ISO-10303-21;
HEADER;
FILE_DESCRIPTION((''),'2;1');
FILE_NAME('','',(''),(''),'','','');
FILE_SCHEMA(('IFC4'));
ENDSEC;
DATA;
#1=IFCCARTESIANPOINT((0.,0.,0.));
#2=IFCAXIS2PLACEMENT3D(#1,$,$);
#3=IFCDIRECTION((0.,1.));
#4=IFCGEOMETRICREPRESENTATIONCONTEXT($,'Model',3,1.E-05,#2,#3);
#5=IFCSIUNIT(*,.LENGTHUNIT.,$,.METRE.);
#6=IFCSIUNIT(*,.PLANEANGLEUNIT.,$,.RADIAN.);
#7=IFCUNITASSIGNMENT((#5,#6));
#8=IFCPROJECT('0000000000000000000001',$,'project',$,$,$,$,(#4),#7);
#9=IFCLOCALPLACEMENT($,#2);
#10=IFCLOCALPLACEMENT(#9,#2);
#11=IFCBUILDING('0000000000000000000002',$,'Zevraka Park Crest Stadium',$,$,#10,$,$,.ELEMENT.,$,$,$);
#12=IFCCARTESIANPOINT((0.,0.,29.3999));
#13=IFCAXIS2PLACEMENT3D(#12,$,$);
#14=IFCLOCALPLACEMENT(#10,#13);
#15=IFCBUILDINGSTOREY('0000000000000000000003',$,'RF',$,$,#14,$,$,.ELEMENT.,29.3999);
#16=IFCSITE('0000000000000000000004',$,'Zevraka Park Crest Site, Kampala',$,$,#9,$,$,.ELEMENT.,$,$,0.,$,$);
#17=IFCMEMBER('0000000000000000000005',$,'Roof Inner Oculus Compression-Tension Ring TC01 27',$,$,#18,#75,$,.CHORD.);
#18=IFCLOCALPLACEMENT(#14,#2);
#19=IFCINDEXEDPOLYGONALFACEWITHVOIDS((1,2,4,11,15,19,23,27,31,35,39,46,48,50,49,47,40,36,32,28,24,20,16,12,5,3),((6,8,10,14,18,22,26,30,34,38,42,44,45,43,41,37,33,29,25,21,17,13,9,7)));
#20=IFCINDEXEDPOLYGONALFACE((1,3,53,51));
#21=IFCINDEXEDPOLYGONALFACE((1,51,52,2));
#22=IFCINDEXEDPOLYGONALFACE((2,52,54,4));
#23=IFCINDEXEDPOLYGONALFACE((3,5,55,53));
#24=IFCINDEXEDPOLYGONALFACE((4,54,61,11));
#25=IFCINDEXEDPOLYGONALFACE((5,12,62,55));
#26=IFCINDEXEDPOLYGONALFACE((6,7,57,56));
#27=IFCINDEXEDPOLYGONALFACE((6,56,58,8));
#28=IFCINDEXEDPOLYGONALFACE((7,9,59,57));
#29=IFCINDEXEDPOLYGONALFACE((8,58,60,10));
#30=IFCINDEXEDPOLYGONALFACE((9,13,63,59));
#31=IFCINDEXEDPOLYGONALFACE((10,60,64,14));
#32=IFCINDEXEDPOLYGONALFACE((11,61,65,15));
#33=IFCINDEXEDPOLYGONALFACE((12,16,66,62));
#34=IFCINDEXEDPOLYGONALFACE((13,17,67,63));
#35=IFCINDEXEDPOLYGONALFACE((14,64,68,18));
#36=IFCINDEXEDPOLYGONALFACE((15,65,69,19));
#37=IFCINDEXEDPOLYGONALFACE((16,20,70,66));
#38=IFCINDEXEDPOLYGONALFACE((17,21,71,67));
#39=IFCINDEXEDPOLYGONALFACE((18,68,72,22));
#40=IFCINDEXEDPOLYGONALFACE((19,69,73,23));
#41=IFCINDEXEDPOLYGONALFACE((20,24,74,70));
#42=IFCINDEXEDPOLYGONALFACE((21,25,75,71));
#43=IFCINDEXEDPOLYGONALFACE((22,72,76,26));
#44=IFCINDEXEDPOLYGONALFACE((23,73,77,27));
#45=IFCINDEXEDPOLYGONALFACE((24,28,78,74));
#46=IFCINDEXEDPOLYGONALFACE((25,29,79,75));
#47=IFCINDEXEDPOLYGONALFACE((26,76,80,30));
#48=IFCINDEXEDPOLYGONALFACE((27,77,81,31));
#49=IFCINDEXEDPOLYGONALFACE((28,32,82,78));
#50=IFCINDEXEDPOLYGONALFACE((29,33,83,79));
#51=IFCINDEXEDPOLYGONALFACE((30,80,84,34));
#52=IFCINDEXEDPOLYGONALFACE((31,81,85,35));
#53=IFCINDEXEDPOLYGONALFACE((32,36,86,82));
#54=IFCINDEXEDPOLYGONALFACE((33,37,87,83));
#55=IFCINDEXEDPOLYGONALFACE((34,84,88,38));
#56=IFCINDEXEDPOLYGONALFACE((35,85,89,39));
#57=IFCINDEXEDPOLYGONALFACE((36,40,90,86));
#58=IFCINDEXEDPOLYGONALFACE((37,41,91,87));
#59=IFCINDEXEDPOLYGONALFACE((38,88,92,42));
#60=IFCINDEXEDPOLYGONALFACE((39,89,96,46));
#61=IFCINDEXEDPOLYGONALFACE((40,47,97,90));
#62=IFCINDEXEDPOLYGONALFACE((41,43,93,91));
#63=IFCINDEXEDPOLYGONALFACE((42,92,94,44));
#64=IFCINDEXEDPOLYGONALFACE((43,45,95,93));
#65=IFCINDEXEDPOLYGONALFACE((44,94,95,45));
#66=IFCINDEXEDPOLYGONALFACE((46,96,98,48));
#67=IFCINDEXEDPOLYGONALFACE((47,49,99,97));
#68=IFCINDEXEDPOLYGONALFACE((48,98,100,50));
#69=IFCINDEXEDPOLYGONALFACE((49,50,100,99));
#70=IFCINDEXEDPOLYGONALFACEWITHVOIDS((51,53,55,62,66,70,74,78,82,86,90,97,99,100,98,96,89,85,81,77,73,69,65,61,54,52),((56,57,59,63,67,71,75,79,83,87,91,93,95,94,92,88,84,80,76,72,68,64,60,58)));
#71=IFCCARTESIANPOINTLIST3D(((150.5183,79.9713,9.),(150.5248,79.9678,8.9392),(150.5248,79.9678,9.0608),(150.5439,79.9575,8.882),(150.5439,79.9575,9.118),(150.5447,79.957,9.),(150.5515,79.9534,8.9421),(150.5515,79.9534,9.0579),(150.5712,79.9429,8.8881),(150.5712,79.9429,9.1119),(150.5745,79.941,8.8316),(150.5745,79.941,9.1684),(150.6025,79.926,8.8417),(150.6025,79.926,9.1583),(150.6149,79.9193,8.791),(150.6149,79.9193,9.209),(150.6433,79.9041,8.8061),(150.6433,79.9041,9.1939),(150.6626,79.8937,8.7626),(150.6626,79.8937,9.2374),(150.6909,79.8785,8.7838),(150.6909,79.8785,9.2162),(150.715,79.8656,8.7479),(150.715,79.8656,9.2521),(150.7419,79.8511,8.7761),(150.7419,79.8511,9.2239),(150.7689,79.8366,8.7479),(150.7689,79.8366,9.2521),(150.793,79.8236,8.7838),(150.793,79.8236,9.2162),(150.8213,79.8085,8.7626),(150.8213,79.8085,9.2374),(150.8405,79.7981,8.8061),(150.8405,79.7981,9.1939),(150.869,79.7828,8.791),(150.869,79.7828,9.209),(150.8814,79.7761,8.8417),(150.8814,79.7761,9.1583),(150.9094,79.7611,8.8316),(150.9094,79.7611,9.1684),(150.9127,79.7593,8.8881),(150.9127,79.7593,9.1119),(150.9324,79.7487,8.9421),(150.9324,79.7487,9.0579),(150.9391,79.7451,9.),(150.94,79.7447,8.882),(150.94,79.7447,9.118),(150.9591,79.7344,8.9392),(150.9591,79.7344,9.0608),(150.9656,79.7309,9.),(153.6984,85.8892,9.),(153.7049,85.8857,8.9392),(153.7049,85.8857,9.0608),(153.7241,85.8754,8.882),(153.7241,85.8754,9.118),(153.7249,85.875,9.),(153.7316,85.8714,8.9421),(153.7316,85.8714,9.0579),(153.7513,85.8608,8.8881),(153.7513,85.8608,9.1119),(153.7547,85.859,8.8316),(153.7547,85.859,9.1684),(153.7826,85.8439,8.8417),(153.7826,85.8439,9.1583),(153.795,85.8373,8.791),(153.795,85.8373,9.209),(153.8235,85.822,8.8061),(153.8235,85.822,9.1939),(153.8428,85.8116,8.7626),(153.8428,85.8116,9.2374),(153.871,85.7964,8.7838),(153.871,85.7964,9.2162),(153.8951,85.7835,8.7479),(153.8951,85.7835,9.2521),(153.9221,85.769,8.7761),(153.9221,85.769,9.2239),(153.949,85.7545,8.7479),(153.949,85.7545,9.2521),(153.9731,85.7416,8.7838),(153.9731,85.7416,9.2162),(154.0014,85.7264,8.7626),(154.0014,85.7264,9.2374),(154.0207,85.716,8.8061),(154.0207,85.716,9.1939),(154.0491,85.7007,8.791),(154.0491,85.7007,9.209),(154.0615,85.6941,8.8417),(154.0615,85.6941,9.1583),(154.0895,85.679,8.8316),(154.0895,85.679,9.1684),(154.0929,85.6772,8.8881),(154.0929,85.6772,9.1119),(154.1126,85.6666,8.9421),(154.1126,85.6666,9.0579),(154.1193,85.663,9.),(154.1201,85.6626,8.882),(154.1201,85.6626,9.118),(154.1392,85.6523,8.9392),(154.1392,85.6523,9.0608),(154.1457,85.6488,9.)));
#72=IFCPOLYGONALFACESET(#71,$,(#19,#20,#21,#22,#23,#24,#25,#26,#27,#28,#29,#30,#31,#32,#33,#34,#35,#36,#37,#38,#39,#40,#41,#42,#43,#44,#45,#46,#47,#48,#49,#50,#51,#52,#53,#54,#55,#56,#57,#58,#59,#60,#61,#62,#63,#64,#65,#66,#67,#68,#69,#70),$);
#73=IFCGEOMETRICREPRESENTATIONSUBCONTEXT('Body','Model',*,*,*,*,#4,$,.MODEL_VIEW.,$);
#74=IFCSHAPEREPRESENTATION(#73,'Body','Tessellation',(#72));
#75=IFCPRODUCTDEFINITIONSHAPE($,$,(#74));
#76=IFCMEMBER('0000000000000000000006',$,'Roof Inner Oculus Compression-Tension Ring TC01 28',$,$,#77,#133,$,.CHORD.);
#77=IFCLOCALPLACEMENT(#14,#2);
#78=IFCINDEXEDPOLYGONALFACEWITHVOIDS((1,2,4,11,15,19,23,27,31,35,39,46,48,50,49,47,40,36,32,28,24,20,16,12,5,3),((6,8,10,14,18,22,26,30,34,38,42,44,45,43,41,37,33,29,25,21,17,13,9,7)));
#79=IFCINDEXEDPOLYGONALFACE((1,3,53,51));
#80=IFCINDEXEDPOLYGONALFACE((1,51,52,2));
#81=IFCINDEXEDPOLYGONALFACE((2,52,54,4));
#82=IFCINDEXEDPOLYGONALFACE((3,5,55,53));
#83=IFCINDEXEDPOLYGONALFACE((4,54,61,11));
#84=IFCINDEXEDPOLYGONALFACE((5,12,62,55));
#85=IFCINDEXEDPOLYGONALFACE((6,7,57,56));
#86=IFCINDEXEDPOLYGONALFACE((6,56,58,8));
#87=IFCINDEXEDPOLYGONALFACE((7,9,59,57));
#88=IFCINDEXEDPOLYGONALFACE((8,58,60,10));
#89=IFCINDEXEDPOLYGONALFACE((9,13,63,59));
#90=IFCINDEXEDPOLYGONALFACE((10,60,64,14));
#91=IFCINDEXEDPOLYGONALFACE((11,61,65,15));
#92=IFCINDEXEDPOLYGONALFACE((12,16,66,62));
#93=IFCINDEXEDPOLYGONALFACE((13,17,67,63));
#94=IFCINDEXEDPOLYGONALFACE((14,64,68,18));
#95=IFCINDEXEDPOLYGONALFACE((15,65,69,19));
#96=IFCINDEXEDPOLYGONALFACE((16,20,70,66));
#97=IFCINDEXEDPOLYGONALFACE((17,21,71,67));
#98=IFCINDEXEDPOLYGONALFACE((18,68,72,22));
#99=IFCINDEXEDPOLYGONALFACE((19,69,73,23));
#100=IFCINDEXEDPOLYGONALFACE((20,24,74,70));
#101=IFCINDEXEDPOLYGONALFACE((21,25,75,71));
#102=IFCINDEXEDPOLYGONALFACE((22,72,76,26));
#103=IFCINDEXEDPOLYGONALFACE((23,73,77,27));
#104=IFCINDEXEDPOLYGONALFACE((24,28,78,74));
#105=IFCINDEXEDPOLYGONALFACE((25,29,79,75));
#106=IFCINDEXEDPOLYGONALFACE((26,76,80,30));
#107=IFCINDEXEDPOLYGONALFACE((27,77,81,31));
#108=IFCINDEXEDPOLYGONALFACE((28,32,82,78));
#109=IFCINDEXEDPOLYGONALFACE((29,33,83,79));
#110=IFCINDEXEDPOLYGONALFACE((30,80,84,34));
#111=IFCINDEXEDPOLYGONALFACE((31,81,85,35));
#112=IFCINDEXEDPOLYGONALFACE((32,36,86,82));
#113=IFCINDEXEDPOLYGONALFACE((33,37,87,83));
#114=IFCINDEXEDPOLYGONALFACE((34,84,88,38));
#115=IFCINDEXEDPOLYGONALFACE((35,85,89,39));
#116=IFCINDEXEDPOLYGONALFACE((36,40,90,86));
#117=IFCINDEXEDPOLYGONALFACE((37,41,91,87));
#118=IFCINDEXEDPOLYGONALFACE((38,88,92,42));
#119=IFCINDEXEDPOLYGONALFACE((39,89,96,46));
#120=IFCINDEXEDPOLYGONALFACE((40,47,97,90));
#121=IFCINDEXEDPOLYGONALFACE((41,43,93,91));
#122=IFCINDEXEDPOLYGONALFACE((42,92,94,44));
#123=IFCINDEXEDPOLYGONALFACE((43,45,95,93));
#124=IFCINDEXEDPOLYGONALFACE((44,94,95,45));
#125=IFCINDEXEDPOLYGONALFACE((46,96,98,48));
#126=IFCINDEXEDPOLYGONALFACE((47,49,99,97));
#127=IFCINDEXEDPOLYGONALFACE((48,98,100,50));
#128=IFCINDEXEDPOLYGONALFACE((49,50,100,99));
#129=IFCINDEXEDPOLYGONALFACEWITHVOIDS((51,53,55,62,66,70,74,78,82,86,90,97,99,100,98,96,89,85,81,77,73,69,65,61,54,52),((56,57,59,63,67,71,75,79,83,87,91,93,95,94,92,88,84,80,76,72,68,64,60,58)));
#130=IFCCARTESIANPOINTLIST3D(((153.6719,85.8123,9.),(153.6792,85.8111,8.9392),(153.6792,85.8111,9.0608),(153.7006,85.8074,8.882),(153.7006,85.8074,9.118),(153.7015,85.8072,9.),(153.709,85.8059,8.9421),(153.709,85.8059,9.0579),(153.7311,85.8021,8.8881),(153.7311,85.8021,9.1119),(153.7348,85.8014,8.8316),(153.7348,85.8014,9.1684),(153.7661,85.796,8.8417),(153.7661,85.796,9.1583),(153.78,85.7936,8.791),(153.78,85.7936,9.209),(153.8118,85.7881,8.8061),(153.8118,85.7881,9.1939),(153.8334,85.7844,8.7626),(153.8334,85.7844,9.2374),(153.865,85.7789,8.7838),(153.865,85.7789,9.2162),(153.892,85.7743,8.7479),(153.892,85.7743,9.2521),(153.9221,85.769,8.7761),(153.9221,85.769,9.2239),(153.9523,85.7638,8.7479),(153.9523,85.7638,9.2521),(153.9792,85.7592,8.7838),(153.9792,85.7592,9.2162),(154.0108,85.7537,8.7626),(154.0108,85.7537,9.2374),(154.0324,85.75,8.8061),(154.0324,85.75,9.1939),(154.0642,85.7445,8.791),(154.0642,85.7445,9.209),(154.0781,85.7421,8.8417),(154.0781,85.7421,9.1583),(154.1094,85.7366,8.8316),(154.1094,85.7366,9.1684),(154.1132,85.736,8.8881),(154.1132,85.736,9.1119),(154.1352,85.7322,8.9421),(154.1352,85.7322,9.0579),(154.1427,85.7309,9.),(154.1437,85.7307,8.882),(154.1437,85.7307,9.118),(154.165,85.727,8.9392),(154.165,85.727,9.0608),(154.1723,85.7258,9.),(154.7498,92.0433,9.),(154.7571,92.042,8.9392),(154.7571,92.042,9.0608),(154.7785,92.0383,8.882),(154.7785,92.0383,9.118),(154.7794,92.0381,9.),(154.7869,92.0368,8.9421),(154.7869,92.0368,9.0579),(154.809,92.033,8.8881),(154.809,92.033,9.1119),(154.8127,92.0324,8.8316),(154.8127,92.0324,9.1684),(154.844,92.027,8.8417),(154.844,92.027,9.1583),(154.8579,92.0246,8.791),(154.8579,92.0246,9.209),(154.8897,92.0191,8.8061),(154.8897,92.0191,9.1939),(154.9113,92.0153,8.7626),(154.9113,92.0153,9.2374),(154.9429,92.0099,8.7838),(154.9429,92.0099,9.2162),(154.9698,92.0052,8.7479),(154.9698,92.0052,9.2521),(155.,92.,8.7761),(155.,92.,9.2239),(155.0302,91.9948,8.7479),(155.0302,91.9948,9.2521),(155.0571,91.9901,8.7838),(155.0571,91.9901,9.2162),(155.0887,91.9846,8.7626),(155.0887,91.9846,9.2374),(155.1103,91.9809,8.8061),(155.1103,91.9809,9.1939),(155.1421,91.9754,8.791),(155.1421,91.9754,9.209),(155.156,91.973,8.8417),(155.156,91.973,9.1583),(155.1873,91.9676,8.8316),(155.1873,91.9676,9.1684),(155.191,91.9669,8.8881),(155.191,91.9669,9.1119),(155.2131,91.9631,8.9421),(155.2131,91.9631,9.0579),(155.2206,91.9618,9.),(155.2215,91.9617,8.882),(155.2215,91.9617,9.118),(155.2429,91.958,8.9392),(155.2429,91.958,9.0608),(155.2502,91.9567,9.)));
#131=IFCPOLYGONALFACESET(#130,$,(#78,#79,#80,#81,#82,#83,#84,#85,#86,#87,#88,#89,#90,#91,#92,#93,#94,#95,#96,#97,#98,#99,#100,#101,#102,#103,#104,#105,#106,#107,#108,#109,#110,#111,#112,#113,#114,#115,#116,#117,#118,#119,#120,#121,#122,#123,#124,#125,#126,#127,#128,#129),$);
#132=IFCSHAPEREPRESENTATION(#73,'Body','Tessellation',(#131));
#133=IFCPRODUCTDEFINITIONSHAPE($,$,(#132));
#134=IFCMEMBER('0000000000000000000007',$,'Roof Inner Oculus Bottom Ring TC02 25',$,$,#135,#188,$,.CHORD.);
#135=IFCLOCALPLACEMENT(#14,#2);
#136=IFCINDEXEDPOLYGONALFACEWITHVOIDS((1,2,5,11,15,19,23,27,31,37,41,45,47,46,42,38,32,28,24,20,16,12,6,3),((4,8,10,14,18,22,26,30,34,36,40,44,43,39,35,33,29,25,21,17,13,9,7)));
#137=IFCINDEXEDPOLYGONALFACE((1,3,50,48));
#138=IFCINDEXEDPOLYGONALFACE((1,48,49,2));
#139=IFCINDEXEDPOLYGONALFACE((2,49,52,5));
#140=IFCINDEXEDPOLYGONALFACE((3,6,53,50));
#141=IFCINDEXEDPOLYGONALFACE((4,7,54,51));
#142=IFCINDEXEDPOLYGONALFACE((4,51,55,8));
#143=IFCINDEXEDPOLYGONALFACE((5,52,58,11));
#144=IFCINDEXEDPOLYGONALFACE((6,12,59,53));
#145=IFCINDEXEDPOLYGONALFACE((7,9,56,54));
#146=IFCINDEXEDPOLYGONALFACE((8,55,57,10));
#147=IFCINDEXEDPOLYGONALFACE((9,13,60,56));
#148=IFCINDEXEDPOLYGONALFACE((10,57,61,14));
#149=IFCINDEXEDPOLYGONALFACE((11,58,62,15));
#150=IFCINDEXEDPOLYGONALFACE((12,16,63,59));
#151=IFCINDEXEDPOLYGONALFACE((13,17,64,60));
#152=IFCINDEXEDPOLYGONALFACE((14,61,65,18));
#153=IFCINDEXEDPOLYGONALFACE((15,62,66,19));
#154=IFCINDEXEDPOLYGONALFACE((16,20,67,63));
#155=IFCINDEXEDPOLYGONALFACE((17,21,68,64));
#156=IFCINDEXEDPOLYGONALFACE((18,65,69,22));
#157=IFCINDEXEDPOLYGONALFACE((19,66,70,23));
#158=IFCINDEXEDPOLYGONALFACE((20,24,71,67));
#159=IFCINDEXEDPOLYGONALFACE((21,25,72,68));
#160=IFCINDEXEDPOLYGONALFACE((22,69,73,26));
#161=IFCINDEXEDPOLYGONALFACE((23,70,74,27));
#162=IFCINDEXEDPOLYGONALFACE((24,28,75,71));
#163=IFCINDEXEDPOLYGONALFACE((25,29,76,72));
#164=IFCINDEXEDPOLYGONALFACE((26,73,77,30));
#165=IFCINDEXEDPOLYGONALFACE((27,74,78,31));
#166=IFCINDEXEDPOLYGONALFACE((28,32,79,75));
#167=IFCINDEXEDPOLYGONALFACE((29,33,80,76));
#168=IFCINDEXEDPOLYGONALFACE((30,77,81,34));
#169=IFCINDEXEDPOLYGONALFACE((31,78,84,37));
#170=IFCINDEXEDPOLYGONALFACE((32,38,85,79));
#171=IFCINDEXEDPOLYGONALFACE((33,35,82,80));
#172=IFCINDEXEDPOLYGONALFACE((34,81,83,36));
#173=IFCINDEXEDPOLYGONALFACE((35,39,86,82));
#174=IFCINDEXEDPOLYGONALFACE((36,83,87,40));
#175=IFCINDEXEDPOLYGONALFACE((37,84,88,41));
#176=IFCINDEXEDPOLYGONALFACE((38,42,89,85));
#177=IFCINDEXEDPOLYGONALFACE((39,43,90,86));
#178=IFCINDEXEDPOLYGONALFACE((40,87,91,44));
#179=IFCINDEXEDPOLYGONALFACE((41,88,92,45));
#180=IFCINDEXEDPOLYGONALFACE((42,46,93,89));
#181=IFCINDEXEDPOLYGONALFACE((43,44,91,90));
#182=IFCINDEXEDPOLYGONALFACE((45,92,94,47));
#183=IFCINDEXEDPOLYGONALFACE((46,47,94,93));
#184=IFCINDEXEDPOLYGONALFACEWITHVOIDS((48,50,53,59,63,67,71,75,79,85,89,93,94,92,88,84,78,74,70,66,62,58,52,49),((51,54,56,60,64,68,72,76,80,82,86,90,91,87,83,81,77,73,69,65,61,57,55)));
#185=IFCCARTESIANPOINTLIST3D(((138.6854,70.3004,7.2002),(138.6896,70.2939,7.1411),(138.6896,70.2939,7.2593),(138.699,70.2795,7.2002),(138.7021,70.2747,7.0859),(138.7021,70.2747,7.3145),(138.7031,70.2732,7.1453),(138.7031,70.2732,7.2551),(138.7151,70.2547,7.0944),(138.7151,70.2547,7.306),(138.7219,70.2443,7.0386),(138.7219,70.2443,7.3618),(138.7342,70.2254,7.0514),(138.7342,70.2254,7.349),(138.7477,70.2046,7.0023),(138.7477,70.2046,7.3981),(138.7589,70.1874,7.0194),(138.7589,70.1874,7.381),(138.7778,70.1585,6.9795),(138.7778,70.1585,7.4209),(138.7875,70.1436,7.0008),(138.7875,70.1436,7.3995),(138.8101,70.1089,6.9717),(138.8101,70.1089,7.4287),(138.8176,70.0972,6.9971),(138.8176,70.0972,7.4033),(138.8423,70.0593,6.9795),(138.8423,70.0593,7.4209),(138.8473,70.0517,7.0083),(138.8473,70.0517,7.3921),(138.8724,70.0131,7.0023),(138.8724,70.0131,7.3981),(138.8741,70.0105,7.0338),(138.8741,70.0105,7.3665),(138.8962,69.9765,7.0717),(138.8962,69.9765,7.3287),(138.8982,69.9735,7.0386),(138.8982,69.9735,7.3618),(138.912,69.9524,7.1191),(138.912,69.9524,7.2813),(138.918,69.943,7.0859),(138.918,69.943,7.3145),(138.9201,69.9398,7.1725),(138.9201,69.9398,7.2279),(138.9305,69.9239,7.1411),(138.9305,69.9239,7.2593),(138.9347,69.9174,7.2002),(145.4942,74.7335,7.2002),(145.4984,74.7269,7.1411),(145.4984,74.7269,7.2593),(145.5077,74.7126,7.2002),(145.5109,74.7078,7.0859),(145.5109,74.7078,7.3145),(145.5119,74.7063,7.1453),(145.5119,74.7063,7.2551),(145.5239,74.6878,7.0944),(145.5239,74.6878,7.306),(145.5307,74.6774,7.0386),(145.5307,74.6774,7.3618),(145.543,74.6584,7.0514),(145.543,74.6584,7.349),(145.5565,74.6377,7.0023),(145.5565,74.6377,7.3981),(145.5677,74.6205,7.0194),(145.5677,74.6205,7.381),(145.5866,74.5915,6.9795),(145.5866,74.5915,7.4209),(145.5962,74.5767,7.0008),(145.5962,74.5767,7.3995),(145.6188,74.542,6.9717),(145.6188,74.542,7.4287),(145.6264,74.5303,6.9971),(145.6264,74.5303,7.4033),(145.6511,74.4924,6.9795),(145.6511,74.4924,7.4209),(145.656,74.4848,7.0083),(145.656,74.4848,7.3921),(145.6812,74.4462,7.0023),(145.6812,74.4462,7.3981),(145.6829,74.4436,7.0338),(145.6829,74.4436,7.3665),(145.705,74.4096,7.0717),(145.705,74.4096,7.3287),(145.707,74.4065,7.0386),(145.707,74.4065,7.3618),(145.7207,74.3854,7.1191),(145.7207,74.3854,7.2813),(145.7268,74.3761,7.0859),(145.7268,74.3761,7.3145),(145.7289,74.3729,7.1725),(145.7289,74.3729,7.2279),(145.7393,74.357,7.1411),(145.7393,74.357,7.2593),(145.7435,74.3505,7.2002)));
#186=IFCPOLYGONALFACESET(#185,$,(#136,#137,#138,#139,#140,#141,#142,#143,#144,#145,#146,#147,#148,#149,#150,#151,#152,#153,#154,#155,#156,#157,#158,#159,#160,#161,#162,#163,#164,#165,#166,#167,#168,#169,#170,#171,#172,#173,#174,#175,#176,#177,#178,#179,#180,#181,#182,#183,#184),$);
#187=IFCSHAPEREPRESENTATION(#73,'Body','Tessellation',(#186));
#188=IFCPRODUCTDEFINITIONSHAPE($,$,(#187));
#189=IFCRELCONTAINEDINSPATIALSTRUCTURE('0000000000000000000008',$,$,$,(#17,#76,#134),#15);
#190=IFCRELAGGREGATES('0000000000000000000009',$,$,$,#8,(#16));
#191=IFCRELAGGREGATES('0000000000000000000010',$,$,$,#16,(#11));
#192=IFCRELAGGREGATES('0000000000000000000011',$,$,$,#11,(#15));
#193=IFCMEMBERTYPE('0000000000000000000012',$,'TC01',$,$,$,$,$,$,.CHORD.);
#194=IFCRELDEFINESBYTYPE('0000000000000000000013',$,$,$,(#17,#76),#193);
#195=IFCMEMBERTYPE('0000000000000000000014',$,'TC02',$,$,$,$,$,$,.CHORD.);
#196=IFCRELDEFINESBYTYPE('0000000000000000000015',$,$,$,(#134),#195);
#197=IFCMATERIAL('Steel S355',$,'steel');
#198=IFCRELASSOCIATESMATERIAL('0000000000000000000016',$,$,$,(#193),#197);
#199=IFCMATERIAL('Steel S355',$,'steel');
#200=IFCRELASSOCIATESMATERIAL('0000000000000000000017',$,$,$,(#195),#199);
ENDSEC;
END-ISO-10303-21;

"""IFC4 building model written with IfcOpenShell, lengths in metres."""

from ifc_helpers import new_model, si_unit, direction, frame, origin, origin_2d, place, context, subcontext, project, spatial, hollow_circle, extrude, material, material_profile, profile_set, type_object, element, save


model = new_model("IFC4")

# Units and contexts
model_context = context("Model", 3, precision=1e-05, world=origin(), true_north=direction((0.0, 1.0)))
body_context = subcontext(model_context, "Body", "Model", "MODEL_VIEW")
ifc_project = project(units=[si_unit("LENGTHUNIT", "METRE"), si_unit("PLANEANGLEUNIT", "RADIAN")], contexts=[model_context])

# Site, building, storey
site_placement = place(None, origin())
site = spatial("IfcSite", under=ifc_project, at=site_placement, Name="Zevraka Park Crest Site, Kampala", CompositionType="ELEMENT", RefElevation=0.0)
building_placement = place(site_placement, origin())
building = spatial("IfcBuilding", under=site, at=building_placement, Name="Zevraka Park Crest Stadium", CompositionType="ELEMENT")
storey_placement = place(building_placement, frame((0.0, 0.0, 29.3999)))
storey = spatial("IfcBuildingStorey", under=building, at=storey_placement, Name="RF", CompositionType="ELEMENT", Elevation=29.3999)

# Members
ifc_material_1 = material(Name="Steel S355", Category="steel")
ifc_material_profile_1 = material_profile(ifc_material_1, hollow_circle(Radius=0.2539, WallThickness=0.03, at=origin_2d()), Name="CHS 508.0x30")
ifc_profile_set_1 = profile_set([ifc_material_profile_1], Name="Steel S355")
member_type_1 = type_object("IfcMemberType", Name="TC01", PredefinedType="CHORD", material=ifc_profile_set_1)
member_1_placement = place(storey_placement, frame((150.7419, 79.8511, 9.0), z_axis=(0.473359, 0.88087, 0.0), x_axis=(-0.88087, 0.473359, 0.0)))
element("IfcMember", 1, at=member_1_placement, inside=storey, type_object=member_type_1, Name="Roof Inner Oculus Compression-Tension Ring TC01 27", PredefinedType="CHORD", context=body_context, shape_type="SweptSolid", body=[
    extrude(hollow_circle(Radius=0.2539, WallThickness=0.03, at=origin_2d()), origin(), (0.0, 0.0, 1.0), 6.7183),
])
member_2_placement = place(storey_placement, frame((153.9221, 85.769, 9.0), z_axis=(0.170456, 0.985365, 0.0), x_axis=(-0.985365, 0.170456, 0.0)))
element("IfcMember", 2, at=member_2_placement, inside=storey, type_object=member_type_1, Name="Roof Inner Oculus Compression-Tension Ring TC01 28", PredefinedType="CHORD", context=body_context, shape_type="SweptSolid", body=[
    extrude(hollow_circle(Radius=0.2539, WallThickness=0.03, at=origin_2d()), origin(), (0.0, 0.0, 1.0), 6.3235),
])
ifc_material_2 = material(Name="Steel S355", Category="steel")
ifc_material_profile_2 = material_profile(ifc_material_2, hollow_circle(Radius=0.2285, WallThickness=0.0249, at=origin_2d()), Name="CHS 457.0x25")
ifc_profile_set_2 = profile_set([ifc_material_profile_2], Name="Steel S355")
member_type_2 = type_object("IfcMemberType", Name="TC02", PredefinedType="CHORD", material=ifc_profile_set_2)
member_3_placement = place(storey_placement, frame((138.8101, 70.1089, 7.2002), z_axis=(0.838029, 0.545625, 0.0), x_axis=(-0.545625, 0.838029, 0.0)))
element("IfcMember", 3, at=member_3_placement, inside=storey, type_object=member_type_2, Name="Roof Inner Oculus Bottom Ring TC02 25", PredefinedType="CHORD", context=body_context, shape_type="SweptSolid", body=[
    extrude(hollow_circle(Radius=0.2285, WallThickness=0.0249, at=origin_2d()), origin(), (0.0, 0.0, 1.0), 8.1248),
])

save(model, "model.ifc")
